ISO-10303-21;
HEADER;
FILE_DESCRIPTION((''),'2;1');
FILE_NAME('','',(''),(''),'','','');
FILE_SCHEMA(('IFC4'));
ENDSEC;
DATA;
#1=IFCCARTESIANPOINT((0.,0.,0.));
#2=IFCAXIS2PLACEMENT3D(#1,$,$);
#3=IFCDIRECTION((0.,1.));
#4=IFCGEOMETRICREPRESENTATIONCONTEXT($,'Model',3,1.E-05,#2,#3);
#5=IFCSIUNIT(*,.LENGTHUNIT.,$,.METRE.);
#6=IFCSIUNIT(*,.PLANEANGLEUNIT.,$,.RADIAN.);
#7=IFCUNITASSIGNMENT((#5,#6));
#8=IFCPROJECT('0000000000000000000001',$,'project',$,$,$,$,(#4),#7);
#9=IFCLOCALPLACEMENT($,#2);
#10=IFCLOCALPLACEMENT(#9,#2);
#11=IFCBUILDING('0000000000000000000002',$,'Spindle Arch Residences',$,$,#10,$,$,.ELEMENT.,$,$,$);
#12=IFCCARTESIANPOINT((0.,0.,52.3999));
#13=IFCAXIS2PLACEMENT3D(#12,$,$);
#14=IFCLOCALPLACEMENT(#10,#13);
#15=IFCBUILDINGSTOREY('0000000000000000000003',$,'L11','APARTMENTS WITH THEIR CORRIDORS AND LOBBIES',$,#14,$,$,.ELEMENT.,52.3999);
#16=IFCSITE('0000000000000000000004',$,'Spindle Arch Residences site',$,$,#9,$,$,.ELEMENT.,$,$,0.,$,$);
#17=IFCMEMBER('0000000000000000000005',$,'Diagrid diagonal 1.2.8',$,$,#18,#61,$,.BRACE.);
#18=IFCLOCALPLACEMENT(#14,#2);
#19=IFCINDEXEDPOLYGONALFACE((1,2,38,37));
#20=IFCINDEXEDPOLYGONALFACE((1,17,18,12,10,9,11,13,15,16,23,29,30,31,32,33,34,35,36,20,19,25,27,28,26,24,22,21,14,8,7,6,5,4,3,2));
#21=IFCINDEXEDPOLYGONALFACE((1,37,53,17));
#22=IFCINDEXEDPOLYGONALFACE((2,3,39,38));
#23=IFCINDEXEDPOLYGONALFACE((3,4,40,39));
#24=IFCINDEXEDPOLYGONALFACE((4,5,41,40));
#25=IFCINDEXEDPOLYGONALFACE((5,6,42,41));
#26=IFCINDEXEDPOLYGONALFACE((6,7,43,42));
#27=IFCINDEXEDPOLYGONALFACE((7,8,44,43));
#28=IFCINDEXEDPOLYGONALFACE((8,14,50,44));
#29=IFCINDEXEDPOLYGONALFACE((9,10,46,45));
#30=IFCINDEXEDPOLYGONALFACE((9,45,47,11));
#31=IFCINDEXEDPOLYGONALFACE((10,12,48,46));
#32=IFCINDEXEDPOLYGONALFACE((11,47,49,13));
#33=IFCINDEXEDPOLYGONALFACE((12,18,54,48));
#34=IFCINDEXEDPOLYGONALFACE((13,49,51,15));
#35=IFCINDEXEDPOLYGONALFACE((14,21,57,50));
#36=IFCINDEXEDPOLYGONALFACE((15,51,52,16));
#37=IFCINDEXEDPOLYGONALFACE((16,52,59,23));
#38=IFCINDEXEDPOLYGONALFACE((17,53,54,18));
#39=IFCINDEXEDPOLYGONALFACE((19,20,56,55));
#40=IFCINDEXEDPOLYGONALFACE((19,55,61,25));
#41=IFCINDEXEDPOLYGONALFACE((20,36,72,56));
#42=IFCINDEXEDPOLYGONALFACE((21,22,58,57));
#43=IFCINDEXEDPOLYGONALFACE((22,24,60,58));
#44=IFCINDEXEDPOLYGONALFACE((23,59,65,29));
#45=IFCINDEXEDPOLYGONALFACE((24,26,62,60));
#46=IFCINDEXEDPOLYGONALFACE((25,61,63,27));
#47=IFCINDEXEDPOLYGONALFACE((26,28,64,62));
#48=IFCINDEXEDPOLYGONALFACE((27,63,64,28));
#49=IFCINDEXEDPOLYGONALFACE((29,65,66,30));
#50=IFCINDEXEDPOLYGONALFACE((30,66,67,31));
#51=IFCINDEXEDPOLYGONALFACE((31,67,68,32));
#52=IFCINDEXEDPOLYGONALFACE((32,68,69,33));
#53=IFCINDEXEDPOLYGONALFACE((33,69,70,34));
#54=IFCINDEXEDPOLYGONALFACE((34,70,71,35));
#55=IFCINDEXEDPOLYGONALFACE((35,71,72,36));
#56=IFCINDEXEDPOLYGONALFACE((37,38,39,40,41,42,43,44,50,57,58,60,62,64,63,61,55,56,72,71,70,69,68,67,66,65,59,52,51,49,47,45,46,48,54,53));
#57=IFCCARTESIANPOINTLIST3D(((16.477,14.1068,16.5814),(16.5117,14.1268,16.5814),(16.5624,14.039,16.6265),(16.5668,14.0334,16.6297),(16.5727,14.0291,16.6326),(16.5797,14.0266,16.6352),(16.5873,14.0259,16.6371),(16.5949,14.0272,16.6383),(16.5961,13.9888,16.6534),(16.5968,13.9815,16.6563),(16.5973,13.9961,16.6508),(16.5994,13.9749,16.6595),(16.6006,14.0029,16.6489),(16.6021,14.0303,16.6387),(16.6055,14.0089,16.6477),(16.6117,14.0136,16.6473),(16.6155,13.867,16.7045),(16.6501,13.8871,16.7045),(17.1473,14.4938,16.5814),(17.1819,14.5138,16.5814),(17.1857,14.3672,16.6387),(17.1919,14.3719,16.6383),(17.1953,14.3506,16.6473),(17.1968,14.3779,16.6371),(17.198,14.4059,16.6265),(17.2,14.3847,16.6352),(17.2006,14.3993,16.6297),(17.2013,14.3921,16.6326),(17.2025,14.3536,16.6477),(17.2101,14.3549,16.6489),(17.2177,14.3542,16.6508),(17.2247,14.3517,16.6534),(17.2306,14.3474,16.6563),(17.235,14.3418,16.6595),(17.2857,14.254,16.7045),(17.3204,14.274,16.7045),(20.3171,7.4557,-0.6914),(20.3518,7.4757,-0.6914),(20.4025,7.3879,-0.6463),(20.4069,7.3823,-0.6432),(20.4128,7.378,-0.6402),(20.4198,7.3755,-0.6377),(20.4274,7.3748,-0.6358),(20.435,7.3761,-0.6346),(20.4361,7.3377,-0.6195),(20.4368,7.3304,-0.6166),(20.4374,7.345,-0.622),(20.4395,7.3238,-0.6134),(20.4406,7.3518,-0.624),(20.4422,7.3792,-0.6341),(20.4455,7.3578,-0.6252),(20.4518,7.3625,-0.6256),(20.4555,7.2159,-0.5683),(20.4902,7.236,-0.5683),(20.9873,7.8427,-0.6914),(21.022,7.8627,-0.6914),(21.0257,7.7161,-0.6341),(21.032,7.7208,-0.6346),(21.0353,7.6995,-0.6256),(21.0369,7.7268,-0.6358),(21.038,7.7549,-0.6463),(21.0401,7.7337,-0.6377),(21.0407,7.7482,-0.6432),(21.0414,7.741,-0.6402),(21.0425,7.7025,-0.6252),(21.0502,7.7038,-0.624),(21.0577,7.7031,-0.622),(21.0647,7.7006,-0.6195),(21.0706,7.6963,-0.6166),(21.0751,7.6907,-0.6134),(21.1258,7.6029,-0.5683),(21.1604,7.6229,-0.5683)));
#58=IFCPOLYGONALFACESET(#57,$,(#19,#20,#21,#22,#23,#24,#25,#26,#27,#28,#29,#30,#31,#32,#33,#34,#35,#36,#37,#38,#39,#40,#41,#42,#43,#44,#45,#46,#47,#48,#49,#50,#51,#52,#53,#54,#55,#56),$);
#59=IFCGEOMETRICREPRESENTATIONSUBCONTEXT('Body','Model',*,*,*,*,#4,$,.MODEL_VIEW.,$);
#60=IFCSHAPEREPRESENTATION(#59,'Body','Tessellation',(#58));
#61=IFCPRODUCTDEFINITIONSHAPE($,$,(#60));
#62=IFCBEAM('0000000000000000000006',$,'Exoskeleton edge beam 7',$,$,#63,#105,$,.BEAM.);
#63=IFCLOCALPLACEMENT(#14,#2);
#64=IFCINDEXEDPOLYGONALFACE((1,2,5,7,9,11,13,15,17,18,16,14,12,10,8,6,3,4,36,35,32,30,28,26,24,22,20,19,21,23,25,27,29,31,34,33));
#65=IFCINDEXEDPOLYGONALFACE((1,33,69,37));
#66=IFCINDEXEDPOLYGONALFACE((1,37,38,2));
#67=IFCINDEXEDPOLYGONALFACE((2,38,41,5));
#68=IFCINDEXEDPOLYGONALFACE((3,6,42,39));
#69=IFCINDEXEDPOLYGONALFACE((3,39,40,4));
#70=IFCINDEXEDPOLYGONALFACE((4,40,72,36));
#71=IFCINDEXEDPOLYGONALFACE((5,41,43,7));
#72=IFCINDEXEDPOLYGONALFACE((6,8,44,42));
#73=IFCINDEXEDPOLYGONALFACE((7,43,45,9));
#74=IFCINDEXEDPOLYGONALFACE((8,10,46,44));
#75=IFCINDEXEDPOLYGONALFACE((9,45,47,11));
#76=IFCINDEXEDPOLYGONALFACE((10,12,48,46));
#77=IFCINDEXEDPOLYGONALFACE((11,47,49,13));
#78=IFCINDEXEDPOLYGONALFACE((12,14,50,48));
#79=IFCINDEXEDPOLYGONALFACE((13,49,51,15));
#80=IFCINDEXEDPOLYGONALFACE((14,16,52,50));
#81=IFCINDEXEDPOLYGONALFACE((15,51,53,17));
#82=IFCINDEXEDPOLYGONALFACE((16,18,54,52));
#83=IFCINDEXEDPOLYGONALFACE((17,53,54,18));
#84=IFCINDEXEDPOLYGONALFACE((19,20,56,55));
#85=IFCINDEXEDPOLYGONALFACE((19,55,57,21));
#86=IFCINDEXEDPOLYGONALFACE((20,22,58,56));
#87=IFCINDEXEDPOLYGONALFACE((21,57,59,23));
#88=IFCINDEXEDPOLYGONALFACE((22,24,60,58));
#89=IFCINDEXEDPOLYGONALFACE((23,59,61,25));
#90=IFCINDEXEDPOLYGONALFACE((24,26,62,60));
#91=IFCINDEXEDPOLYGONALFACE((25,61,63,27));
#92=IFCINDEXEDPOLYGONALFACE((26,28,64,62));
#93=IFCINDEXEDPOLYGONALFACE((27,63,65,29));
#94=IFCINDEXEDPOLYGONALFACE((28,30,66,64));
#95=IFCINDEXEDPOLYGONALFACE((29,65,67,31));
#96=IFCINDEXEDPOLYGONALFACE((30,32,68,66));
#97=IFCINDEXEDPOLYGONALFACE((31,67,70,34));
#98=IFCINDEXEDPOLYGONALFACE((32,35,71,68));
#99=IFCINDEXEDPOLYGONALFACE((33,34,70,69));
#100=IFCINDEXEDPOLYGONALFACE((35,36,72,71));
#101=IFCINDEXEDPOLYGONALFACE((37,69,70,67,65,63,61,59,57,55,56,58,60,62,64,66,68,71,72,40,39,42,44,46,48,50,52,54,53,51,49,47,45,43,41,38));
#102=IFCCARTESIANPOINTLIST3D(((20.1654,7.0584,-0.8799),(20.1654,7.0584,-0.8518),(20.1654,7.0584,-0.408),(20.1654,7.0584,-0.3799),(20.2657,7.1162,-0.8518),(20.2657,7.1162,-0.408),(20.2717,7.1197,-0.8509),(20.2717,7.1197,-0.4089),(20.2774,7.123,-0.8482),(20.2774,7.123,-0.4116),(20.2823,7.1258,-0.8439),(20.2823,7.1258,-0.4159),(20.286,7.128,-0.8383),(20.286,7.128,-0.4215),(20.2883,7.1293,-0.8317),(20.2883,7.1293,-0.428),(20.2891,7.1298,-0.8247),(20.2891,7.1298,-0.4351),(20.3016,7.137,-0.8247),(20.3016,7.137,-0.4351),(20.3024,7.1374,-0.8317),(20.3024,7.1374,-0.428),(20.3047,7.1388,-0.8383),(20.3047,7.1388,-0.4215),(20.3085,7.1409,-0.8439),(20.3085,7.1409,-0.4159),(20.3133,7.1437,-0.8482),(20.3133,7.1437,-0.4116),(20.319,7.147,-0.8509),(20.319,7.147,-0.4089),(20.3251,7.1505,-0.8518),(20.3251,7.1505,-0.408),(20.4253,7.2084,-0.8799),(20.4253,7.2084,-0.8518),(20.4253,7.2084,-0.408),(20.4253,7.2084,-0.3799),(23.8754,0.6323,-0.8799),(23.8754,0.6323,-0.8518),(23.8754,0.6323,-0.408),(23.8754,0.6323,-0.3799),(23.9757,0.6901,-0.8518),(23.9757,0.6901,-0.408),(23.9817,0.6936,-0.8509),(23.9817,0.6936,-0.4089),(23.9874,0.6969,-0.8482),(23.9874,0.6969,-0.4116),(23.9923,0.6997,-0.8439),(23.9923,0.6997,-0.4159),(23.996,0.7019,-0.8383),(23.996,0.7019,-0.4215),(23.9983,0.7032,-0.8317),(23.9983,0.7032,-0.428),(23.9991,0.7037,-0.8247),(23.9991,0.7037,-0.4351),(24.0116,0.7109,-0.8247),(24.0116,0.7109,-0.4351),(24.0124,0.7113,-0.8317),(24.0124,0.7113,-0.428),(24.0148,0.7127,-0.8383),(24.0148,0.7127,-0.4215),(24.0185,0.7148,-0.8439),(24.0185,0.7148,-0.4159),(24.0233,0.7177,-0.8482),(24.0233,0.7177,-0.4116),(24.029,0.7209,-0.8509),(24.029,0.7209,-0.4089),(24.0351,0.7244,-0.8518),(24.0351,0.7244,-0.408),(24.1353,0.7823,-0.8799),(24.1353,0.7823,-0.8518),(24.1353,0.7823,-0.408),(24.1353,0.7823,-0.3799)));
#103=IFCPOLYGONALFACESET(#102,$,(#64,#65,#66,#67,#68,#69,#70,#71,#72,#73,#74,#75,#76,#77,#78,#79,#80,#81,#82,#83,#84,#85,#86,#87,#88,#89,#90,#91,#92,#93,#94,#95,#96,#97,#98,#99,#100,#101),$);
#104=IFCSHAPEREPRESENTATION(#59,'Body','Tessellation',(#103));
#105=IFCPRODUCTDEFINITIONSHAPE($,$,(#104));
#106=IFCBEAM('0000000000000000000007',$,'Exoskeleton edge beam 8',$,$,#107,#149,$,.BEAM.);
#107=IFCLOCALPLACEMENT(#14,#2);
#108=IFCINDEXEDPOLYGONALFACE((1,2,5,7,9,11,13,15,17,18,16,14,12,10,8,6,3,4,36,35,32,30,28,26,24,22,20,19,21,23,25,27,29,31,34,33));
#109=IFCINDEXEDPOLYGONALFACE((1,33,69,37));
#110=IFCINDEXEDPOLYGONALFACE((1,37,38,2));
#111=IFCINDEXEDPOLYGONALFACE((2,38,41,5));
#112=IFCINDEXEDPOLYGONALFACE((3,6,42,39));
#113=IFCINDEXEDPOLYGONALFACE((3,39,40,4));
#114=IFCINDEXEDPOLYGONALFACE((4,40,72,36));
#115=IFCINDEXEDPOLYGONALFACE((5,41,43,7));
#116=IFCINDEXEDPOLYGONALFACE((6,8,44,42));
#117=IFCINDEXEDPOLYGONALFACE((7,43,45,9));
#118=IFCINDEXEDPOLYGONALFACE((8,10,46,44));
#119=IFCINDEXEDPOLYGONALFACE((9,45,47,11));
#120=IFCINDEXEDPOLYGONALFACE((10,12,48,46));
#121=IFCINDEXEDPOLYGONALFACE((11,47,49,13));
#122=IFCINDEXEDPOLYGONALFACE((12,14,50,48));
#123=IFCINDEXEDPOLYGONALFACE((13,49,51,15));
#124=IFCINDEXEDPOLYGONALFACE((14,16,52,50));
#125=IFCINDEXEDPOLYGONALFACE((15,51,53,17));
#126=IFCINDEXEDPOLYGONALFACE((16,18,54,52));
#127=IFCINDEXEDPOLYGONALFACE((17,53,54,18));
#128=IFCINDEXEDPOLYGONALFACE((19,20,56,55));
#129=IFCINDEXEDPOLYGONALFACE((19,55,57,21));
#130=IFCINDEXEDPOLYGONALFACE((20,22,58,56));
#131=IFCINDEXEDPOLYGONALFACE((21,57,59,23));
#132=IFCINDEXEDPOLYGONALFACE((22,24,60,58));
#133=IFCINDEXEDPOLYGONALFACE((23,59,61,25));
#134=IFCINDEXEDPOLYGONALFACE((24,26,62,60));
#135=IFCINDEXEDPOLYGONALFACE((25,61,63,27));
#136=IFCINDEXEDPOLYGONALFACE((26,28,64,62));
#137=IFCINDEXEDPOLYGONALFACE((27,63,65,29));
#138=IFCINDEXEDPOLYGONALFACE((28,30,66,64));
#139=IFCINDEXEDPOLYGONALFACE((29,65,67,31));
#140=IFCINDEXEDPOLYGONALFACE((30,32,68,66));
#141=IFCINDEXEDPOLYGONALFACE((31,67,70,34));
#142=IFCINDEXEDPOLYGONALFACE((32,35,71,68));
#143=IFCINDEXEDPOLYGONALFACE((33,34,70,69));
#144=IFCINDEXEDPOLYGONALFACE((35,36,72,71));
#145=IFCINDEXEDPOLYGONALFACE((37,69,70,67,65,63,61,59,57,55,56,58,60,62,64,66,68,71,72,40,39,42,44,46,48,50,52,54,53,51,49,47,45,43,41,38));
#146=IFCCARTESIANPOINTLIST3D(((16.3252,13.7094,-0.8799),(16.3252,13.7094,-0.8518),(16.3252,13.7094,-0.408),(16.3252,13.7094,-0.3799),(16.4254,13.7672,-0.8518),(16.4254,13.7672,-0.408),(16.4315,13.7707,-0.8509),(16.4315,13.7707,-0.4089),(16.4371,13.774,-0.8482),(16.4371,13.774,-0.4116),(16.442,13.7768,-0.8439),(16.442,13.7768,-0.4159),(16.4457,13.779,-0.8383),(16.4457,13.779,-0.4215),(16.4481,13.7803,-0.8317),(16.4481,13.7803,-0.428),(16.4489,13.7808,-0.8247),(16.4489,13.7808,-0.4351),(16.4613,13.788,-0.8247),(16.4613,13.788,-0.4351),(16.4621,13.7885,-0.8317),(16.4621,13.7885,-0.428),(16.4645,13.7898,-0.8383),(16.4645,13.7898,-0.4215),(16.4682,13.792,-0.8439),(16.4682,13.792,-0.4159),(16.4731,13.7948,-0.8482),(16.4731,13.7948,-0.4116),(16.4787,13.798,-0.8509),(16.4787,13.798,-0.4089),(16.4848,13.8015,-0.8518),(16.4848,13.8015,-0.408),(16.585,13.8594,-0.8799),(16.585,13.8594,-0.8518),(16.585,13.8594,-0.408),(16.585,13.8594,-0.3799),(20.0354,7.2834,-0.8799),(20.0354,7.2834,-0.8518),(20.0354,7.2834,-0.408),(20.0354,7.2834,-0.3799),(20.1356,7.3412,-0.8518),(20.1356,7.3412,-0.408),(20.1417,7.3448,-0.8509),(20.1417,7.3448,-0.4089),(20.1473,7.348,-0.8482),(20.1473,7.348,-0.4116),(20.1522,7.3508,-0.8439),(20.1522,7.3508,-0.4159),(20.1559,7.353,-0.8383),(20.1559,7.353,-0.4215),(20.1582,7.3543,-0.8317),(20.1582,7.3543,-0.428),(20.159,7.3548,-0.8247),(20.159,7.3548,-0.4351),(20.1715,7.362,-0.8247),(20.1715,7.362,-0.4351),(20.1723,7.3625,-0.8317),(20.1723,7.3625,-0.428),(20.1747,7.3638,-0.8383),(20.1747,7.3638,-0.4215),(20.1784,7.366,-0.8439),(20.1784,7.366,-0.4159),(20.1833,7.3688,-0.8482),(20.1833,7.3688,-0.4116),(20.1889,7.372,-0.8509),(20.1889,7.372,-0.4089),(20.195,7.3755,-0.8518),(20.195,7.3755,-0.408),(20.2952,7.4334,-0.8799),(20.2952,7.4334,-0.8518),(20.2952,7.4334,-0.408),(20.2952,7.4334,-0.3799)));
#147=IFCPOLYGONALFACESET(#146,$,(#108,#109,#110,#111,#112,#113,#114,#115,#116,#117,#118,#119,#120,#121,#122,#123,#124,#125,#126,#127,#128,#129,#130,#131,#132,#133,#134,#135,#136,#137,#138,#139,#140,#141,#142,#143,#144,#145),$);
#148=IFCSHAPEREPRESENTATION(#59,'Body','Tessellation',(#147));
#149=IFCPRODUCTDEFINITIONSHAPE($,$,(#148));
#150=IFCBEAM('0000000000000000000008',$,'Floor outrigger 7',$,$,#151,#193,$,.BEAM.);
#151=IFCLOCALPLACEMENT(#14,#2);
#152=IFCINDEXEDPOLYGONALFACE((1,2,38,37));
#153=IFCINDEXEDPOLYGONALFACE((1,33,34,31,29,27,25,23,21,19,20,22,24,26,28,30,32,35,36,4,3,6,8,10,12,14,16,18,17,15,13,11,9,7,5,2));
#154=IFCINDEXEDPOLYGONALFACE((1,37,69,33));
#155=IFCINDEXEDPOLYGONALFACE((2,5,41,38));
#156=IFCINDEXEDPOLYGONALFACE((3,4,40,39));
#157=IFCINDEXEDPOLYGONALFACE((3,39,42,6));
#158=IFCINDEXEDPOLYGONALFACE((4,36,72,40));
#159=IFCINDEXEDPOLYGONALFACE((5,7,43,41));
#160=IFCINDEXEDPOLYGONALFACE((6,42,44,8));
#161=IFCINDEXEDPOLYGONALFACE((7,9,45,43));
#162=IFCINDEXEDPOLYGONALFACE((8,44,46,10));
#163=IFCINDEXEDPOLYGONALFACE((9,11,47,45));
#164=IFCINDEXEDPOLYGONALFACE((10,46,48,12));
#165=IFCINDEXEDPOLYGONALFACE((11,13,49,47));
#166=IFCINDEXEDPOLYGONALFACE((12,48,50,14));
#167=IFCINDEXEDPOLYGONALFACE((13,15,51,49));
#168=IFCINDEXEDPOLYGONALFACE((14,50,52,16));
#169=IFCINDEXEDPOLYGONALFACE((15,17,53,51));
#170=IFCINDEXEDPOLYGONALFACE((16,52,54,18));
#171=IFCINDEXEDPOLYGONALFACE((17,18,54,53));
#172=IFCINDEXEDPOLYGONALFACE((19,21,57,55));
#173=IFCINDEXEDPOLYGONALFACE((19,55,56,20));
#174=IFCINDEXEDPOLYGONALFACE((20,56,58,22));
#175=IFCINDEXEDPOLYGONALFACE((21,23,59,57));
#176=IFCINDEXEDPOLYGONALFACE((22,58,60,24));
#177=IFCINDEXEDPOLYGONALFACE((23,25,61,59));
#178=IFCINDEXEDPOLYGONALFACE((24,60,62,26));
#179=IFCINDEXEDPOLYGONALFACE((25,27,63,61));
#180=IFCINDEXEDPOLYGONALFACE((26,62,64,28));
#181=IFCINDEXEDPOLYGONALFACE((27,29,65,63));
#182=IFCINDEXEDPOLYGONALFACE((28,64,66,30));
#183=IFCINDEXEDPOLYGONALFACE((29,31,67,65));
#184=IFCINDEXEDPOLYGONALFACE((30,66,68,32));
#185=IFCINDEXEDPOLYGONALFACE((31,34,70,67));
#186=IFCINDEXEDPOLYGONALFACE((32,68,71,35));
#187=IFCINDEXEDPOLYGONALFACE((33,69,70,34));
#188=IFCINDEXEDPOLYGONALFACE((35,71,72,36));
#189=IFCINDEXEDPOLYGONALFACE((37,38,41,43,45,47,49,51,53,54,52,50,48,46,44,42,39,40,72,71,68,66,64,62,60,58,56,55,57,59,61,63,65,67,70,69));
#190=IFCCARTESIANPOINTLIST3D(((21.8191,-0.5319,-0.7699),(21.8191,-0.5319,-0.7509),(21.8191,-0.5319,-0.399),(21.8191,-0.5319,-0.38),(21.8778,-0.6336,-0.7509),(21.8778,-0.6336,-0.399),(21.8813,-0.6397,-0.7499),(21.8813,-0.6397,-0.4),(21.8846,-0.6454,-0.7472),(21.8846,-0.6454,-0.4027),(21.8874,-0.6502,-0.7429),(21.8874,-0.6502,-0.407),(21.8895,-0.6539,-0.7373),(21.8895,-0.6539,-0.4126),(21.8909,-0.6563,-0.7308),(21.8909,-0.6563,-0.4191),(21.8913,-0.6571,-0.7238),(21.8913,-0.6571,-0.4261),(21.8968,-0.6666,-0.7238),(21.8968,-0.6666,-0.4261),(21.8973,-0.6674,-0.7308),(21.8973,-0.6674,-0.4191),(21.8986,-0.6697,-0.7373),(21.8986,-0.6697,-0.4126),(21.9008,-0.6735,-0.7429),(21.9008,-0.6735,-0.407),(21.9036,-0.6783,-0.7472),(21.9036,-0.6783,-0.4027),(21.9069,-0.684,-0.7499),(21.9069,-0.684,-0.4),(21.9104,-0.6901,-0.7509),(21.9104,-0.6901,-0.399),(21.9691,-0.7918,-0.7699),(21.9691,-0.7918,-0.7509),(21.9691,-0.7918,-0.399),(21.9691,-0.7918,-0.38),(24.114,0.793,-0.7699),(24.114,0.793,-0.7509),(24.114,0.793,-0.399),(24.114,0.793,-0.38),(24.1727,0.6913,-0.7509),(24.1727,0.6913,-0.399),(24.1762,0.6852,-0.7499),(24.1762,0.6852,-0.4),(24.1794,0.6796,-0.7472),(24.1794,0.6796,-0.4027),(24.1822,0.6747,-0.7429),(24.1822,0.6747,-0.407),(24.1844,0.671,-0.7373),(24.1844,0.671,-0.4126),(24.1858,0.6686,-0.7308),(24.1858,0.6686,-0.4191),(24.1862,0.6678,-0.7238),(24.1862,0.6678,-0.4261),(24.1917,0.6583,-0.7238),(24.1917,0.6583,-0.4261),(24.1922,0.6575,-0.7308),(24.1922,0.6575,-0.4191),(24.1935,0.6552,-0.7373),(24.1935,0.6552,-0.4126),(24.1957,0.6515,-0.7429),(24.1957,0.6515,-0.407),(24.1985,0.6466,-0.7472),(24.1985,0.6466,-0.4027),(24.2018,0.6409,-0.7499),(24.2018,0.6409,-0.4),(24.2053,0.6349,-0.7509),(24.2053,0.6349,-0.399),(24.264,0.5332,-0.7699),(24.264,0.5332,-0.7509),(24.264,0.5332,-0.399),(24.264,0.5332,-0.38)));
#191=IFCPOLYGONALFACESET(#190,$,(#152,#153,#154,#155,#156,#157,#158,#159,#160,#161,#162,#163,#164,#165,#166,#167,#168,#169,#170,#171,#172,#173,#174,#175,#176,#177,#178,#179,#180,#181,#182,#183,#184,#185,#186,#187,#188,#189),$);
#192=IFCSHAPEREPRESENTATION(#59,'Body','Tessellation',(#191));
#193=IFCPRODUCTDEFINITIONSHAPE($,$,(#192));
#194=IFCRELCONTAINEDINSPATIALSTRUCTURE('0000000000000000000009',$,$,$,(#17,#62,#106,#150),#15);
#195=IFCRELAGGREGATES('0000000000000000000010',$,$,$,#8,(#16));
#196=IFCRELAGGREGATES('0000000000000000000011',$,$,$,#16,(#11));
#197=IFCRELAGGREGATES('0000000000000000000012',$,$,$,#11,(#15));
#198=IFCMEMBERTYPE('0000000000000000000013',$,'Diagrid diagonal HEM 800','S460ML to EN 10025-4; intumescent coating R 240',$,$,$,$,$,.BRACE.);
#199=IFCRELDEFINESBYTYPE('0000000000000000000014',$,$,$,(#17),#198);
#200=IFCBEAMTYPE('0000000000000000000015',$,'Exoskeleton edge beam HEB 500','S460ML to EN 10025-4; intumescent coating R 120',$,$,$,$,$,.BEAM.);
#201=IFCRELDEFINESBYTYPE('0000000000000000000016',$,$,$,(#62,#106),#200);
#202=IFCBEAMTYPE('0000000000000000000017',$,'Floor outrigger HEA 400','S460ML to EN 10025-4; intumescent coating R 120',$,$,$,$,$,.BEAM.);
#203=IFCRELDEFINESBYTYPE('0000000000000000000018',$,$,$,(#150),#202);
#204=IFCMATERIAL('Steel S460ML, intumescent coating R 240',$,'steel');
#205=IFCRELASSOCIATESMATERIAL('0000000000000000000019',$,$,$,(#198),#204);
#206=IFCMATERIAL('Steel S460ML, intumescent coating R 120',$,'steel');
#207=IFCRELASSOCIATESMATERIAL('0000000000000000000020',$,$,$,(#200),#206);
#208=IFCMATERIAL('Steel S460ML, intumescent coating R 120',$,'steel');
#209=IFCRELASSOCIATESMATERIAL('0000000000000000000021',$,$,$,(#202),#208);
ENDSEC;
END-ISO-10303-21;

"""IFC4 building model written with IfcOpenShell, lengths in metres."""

from ifc_helpers import new_model, si_unit, direction, frame, origin, origin_2d, place, context, subcontext, project, spatial, i_section, extrude, material, material_profile, profile_set, type_object, element, save


model = new_model("IFC4")

# Units and contexts
model_context = context("Model", 3, precision=1e-05, world=origin(), true_north=direction((0.0, 1.0)))
body_context = subcontext(model_context, "Body", "Model", "MODEL_VIEW")
ifc_project = project(units=[si_unit("LENGTHUNIT", "METRE"), si_unit("PLANEANGLEUNIT", "RADIAN")], contexts=[model_context])

# Site, building, storey
site_placement = place(None, origin())
site = spatial("IfcSite", under=ifc_project, at=site_placement, Name="Spindle Arch Residences site", CompositionType="ELEMENT", RefElevation=0.0)
building_placement = place(site_placement, origin())
building = spatial("IfcBuilding", under=site, at=building_placement, Name="Spindle Arch Residences", CompositionType="ELEMENT")
storey_placement = place(building_placement, frame((0.0, 0.0, 52.3999)))
storey = spatial("IfcBuildingStorey", under=building, at=storey_placement, Name="L11", Description="APARTMENTS WITH THEIR CORRIDORS AND LOBBIES", CompositionType="ELEMENT", Elevation=52.3999)

# Member
ifc_material_1 = material(Name="Steel S460ML, intumescent coating R 240", Category="steel")
ifc_material_profile_1 = material_profile(ifc_material_1, i_section(OverallWidth=0.303, OverallDepth=0.814, WebThickness=0.021, FlangeThickness=0.04, FilletRadius=0.03, at=origin_2d()), Name="HEM 800")
ifc_profile_set_1 = profile_set([ifc_material_profile_1], Name="Steel S460ML, intumescent coating R 240")
member_type_1 = type_object("IfcMemberType", Name="Diagrid diagonal HEM 800", Description="S460ML to EN 10025-4; intumescent coating R 240", PredefinedType="BRACE", material=ifc_profile_set_1)
for number, where, z_axis, x_axis, name in (
    (1, (20.7388, 7.5393, -0.6299), (-0.203143, 0.351848, 0.913748), (0.45688, -0.791326, 0.406281), "Diagrid diagonal 1.2.8"),
):
    element("IfcMember", number, at=place(storey_placement, frame(where, z_axis=z_axis, x_axis=x_axis)), inside=storey, type_object=member_type_1, Name=name, PredefinedType="BRACE", context=body_context, shape_type="SweptSolid", body=[
        extrude(i_section(OverallWidth=0.303, OverallDepth=0.814, WebThickness=0.021, FlangeThickness=0.04, FilletRadius=0.03, at=origin_2d()), origin(), (0.0, 0.0, 1.0), 18.9033),
    ])

# Beams
ifc_material_2 = material(Name="Steel S460ML, intumescent coating R 120", Category="steel")
ifc_material_profile_2 = material_profile(ifc_material_2, i_section(OverallWidth=0.3, OverallDepth=0.5, WebThickness=0.0144, FlangeThickness=0.0281, FilletRadius=0.0271, at=origin_2d()), Name="HEB 500")
ifc_profile_set_2 = profile_set([ifc_material_profile_2], Name="Steel S460ML, intumescent coating R 120")
beam_type_1 = type_object("IfcBeamType", Name="Exoskeleton edge beam HEB 500", Description="S460ML to EN 10025-4; intumescent coating R 120", PredefinedType="BEAM", material=ifc_profile_set_2)
for number, where, z_axis, x_axis, name in (
    (2, (24.0054, 0.7073, -0.6299), (-0.499989, 0.866032, 0.0), (-0.866032, -0.499989, 0.0), "Exoskeleton edge beam 7"),
    (3, (20.1653, 7.3584, -0.6299), (-0.500014, 0.866017, 0.0), (-0.866017, -0.500014, 0.0), "Exoskeleton edge beam 8"),
):
    element("IfcBeam", number, at=place(storey_placement, frame(where, z_axis=z_axis, x_axis=x_axis)), inside=storey, type_object=beam_type_1, Name=name, PredefinedType="BEAM", context=body_context, shape_type="SweptSolid", body=[
        extrude(i_section(OverallWidth=0.3, OverallDepth=0.5, WebThickness=0.0144, FlangeThickness=0.0281, FilletRadius=0.0271, at=origin_2d()), origin(), (0.0, 0.0, 1.0), 7.4202),
    ])
ifc_material_3 = material(Name="Steel S460ML, intumescent coating R 120", Category="steel")
ifc_material_profile_3 = material_profile(ifc_material_3, i_section(OverallWidth=0.3, OverallDepth=0.3899, WebThickness=0.011, FlangeThickness=0.019, FilletRadius=0.0271, at=origin_2d()), Name="HEA 400")
ifc_profile_set_3 = profile_set([ifc_material_profile_3], Name="Steel S460ML, intumescent coating R 120")
beam_type_2 = type_object("IfcBeamType", Name="Floor outrigger HEA 400", Description="S460ML to EN 10025-4; intumescent coating R 120", PredefinedType="BEAM", material=ifc_profile_set_3)
beam_1_placement = place(storey_placement, frame((24.189, 0.6631, -0.575), z_axis=(-0.866029, -0.499994, 0.0), x_axis=(0.499994, -0.866029, 0.0)))
element("IfcBeam", 4, at=beam_1_placement, inside=storey, type_object=beam_type_2, Name="Floor outrigger 7", PredefinedType="BEAM", context=body_context, shape_type="SweptSolid", body=[
    extrude(i_section(OverallWidth=0.3, OverallDepth=0.3899, WebThickness=0.011, FlangeThickness=0.019, FilletRadius=0.0271, at=origin_2d()), origin(), (0.0, 0.0, 1.0), 2.6499),
])

save(model, "model.ifc")
